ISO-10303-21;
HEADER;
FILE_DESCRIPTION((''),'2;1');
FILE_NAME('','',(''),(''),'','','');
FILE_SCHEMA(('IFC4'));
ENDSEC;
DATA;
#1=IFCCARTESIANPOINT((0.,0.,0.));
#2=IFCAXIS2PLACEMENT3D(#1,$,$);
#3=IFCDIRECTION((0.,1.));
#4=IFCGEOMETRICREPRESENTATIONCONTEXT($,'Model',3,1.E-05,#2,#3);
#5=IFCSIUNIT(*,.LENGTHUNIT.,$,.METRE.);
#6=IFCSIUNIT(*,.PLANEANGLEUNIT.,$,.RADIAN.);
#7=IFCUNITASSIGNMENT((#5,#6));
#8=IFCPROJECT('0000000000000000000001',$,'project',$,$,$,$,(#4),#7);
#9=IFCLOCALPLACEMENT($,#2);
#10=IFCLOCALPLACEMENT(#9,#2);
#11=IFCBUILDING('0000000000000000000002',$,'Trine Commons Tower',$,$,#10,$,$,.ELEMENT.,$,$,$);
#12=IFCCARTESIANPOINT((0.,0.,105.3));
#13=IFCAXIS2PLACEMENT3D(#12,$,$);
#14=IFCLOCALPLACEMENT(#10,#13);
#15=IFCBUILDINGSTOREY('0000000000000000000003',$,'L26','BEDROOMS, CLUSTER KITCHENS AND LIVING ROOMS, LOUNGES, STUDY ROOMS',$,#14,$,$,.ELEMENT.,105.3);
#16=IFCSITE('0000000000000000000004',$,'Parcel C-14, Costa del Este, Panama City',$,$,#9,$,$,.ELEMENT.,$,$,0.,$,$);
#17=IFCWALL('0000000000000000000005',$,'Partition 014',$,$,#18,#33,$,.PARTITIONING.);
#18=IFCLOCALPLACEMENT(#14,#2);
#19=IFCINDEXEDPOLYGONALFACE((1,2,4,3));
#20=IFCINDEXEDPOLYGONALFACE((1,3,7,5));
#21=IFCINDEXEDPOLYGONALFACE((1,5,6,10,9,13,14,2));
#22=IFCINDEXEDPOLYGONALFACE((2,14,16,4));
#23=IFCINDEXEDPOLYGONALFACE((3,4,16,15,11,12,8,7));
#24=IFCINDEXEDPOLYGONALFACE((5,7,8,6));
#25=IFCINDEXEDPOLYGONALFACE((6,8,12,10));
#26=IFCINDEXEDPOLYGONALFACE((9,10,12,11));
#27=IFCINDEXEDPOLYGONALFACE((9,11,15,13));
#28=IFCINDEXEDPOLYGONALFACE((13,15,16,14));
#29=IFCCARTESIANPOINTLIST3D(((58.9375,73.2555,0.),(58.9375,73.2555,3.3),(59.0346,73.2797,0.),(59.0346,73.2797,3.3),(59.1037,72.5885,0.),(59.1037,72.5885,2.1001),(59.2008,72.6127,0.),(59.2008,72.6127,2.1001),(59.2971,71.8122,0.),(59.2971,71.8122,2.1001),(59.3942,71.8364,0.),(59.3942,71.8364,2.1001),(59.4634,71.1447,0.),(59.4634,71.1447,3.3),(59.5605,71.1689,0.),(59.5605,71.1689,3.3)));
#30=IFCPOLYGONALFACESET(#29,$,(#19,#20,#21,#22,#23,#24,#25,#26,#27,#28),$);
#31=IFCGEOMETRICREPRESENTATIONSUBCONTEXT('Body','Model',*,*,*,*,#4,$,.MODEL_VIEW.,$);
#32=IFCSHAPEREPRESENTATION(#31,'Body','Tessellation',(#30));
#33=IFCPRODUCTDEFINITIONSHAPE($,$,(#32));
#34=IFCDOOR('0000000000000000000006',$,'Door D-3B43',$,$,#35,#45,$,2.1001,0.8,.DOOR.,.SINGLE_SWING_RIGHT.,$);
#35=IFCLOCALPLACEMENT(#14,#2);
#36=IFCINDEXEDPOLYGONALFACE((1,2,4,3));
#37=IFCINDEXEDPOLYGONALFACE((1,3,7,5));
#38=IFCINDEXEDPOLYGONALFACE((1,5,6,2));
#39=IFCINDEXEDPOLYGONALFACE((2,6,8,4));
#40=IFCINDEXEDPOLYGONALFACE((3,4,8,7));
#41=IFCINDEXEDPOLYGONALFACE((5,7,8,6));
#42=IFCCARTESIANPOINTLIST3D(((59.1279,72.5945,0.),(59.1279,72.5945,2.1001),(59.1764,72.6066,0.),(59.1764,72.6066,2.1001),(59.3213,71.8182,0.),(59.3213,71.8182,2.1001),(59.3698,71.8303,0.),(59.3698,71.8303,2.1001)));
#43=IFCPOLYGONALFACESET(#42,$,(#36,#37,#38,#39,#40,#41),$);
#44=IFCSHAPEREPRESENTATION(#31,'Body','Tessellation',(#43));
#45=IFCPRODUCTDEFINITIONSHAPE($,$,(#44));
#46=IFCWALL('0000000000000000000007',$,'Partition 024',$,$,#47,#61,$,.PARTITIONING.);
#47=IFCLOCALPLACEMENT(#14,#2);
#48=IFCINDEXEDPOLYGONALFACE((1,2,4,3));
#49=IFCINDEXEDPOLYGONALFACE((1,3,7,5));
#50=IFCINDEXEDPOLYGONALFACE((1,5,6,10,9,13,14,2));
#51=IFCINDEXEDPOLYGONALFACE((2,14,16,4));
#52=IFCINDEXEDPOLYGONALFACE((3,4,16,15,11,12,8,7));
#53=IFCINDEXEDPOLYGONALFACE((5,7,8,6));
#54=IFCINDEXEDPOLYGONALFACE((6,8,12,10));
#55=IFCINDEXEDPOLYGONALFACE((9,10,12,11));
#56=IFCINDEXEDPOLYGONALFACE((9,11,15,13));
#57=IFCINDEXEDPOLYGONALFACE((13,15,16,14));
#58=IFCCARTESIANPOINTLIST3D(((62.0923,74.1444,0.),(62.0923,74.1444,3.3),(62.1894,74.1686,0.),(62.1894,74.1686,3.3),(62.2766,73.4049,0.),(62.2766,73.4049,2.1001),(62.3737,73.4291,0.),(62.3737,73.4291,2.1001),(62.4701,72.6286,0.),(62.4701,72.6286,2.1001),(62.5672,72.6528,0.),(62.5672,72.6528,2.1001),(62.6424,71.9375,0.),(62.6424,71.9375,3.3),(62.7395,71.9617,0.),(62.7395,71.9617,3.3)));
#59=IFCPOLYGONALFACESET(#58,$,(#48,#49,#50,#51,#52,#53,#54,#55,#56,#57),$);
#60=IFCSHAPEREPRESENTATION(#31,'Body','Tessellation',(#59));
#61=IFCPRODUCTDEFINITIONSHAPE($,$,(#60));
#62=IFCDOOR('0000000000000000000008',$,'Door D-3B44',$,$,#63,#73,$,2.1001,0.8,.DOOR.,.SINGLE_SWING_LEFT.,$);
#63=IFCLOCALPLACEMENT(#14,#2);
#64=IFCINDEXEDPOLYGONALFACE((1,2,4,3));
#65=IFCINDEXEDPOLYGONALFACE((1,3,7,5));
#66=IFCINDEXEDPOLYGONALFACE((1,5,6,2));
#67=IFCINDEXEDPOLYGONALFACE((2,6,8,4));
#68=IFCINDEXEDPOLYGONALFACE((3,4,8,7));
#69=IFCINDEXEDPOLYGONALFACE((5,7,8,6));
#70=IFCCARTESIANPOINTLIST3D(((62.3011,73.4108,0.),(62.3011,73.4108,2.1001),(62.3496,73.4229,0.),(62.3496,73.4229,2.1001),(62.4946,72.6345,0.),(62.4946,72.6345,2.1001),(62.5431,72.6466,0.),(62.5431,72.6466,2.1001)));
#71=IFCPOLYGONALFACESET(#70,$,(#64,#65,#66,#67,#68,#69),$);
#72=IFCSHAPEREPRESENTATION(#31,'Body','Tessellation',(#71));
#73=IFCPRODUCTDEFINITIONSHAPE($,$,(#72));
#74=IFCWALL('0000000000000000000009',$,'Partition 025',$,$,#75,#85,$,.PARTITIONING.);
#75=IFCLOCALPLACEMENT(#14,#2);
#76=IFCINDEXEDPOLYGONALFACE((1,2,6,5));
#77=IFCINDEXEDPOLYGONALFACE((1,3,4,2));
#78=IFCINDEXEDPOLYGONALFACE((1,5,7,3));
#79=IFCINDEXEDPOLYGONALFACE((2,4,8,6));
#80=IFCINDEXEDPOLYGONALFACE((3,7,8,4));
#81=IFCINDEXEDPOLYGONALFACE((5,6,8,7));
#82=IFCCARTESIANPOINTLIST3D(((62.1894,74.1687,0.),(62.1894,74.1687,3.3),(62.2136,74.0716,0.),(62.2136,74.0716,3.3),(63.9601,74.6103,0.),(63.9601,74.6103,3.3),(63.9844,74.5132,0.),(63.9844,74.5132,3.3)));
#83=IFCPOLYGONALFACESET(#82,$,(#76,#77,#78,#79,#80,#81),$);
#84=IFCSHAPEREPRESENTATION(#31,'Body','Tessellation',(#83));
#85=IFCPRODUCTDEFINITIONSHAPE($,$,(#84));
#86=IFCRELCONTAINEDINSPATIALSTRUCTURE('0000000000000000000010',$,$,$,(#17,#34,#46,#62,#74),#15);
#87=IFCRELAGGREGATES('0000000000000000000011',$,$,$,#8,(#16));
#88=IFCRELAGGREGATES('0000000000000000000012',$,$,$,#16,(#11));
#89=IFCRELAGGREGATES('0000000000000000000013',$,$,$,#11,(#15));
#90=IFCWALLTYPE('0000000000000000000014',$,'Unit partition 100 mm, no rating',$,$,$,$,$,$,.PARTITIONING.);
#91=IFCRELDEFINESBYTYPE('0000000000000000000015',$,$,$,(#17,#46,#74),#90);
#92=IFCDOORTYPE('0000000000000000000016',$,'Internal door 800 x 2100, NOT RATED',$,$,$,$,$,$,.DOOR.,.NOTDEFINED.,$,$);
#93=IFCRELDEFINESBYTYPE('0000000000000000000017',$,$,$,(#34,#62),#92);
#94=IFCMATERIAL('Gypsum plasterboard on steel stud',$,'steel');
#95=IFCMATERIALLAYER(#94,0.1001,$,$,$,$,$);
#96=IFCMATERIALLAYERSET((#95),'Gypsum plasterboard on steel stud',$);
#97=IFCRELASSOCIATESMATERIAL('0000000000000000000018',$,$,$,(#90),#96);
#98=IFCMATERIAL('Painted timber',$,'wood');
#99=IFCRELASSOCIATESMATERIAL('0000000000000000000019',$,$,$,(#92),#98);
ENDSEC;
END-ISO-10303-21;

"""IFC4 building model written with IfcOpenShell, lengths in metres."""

from ifc_helpers import new_model, si_unit, direction, frame, frame_2d, origin, place, context, subcontext, project, spatial, rectangle, extrude, material, layer, layer_set, type_object, element, fill, save


model = new_model("IFC4")

# Units and contexts
model_context = context("Model", 3, precision=1e-05, world=origin(), true_north=direction((0.0, 1.0)))
body_context = subcontext(model_context, "Body", "Model", "MODEL_VIEW")
ifc_project = project(units=[si_unit("LENGTHUNIT", "METRE"), si_unit("PLANEANGLEUNIT", "RADIAN")], contexts=[model_context])

# Site, building, storey
site_placement = place(None, origin())
site = spatial("IfcSite", under=ifc_project, at=site_placement, Name="Parcel C-14, Costa del Este, Panama City", CompositionType="ELEMENT", RefElevation=0.0)
building_placement = place(site_placement, origin())
building = spatial("IfcBuilding", under=site, at=building_placement, Name="Trine Commons Tower", CompositionType="ELEMENT")
storey_placement = place(building_placement, frame((0.0, 0.0, 105.3)))
storey = spatial("IfcBuildingStorey", under=building, at=storey_placement, Name="L26", Description="BEDROOMS, CLUSTER KITCHENS AND LIVING ROOMS, LOUNGES, STUDY ROOMS", CompositionType="ELEMENT", Elevation=105.3)

# Shared definitions
ifc_material_1 = material(Name="Gypsum plasterboard on steel stud", Category="steel")

# Shared definitions
ifc_layer_1 = layer(ifc_material_1, 0.1001)
ifc_layer_set_1 = layer_set([ifc_layer_1], Name="Gypsum plasterboard on steel stud")
wall_type_1 = type_object("IfcWallType", Name="Unit partition 100 mm, no rating", PredefinedType="PARTITIONING", material=ifc_layer_set_1)

# Walls, openings, doors
wall_1_placement = place(storey_placement, frame((58.9861, 73.2676, 0.0), z_axis=(0.0, 0.0, 1.0), x_axis=(0.241743, -0.97034, 0.0)))
wall_1 = element("IfcWall", 1, at=wall_1_placement, inside=storey, type_object=wall_type_1, Name="Partition 014", PredefinedType="PARTITIONING", context=body_context, shape_type="SweptSolid", body=[
    extrude(rectangle(XDim=2.1753, YDim=0.1001, at=frame_2d((1.0876, 0.0))), origin(), (0.0, 0.0, 1.0), 3.3),
])
opening_1_placement = place(wall_1_placement, frame((0.6875, 0.0, 0.0)))
opening_1 = element("IfcOpeningElement", 2, at=opening_1_placement, cuts=wall_1, PredefinedType="OPENING", context=body_context, shape_type="SweptSolid", body=[
    extrude(rectangle(XDim=0.8, YDim=2.1001, at=frame_2d((0.3999, 1.05))), frame((0.0, 0.0601, 0.0), z_axis=(0.0, -1.0, 0.0), x_axis=(1.0, 0.0, 0.0)), (0.0, 0.0, 1.0), 0.1201),
])
ifc_material_2 = material(Name="Painted timber", Category="wood")
door_type_1 = type_object("IfcDoorType", Name="Internal door 800 x 2100, NOT RATED", OperationType="NOTDEFINED", PredefinedType="DOOR", material=ifc_material_2)
door_1_placement = place(opening_1_placement, origin())
door_1 = element("IfcDoor", 3, at=door_1_placement, inside=storey, type_object=door_type_1, Name="Door D-3B43", OperationType="SINGLE_SWING_RIGHT", OverallHeight=2.1001, OverallWidth=0.8, PredefinedType="DOOR", context=body_context, shape_type="SweptSolid", body=[
    extrude(rectangle(XDim=0.8, YDim=2.1001, at=frame_2d((0.3999, 1.05))), frame((0.0, 0.0249, 0.0), z_axis=(0.0, -1.0, 0.0), x_axis=(1.0, 0.0, 0.0)), (0.0, 0.0, 1.0), 0.05),
])
fill(opening_1, door_1)
wall_2_placement = place(storey_placement, frame((62.1409, 74.1565, 0.0), z_axis=(0.0, 0.0, 1.0), x_axis=(0.241854, -0.970313, 0.0)))
wall_2 = element("IfcWall", 4, at=wall_2_placement, inside=storey, type_object=wall_type_1, Name="Partition 024", PredefinedType="PARTITIONING", context=body_context, shape_type="SweptSolid", body=[
    extrude(rectangle(XDim=2.2744, YDim=0.1001, at=frame_2d((1.1372, 0.0))), origin(), (0.0, 0.0, 1.0), 3.3),
])
opening_2_placement = place(wall_2_placement, frame((0.7622, 0.0, 0.0)))
opening_2 = element("IfcOpeningElement", 5, at=opening_2_placement, cuts=wall_2, PredefinedType="OPENING", context=body_context, shape_type="SweptSolid", body=[
    extrude(rectangle(XDim=0.8, YDim=2.1001, at=frame_2d((0.3999, 1.05))), frame((0.0, 0.0601, 0.0), z_axis=(0.0, -1.0, 0.0), x_axis=(1.0, 0.0, 0.0)), (0.0, 0.0, 1.0), 0.1201),
])
door_2_placement = place(opening_2_placement, frame((0.8, 0.0, 0.0), z_axis=(0.0, 0.0, 1.0), x_axis=(-1.0, 0.0, 0.0)))
door_2 = element("IfcDoor", 6, at=door_2_placement, inside=storey, type_object=door_type_1, Name="Door D-3B44", OperationType="SINGLE_SWING_LEFT", OverallHeight=2.1001, OverallWidth=0.8, PredefinedType="DOOR", context=body_context, shape_type="SweptSolid", body=[
    extrude(rectangle(XDim=0.8, YDim=2.1001, at=frame_2d((0.3999, 1.05))), frame((0.0, 0.0249, 0.0), z_axis=(0.0, -1.0, 0.0), x_axis=(1.0, 0.0, 0.0)), (0.0, 0.0, 1.0), 0.05),
])
fill(opening_2, door_2)

# Wall
wall_3_placement = place(storey_placement, frame((62.2014, 74.1201, 0.0), z_axis=(0.0, 0.0, 1.0), x_axis=(0.970276, 0.242, 0.0)))
element("IfcWall", 7, at=wall_3_placement, inside=storey, type_object=wall_type_1, Name="Partition 025", PredefinedType="PARTITIONING", context=body_context, shape_type="SweptSolid", body=[
    extrude(rectangle(XDim=1.825, YDim=0.1001, at=frame_2d((0.9126, 0.0))), origin(), (0.0, 0.0, 1.0), 3.3),
])

save(model, "model.ifc")
